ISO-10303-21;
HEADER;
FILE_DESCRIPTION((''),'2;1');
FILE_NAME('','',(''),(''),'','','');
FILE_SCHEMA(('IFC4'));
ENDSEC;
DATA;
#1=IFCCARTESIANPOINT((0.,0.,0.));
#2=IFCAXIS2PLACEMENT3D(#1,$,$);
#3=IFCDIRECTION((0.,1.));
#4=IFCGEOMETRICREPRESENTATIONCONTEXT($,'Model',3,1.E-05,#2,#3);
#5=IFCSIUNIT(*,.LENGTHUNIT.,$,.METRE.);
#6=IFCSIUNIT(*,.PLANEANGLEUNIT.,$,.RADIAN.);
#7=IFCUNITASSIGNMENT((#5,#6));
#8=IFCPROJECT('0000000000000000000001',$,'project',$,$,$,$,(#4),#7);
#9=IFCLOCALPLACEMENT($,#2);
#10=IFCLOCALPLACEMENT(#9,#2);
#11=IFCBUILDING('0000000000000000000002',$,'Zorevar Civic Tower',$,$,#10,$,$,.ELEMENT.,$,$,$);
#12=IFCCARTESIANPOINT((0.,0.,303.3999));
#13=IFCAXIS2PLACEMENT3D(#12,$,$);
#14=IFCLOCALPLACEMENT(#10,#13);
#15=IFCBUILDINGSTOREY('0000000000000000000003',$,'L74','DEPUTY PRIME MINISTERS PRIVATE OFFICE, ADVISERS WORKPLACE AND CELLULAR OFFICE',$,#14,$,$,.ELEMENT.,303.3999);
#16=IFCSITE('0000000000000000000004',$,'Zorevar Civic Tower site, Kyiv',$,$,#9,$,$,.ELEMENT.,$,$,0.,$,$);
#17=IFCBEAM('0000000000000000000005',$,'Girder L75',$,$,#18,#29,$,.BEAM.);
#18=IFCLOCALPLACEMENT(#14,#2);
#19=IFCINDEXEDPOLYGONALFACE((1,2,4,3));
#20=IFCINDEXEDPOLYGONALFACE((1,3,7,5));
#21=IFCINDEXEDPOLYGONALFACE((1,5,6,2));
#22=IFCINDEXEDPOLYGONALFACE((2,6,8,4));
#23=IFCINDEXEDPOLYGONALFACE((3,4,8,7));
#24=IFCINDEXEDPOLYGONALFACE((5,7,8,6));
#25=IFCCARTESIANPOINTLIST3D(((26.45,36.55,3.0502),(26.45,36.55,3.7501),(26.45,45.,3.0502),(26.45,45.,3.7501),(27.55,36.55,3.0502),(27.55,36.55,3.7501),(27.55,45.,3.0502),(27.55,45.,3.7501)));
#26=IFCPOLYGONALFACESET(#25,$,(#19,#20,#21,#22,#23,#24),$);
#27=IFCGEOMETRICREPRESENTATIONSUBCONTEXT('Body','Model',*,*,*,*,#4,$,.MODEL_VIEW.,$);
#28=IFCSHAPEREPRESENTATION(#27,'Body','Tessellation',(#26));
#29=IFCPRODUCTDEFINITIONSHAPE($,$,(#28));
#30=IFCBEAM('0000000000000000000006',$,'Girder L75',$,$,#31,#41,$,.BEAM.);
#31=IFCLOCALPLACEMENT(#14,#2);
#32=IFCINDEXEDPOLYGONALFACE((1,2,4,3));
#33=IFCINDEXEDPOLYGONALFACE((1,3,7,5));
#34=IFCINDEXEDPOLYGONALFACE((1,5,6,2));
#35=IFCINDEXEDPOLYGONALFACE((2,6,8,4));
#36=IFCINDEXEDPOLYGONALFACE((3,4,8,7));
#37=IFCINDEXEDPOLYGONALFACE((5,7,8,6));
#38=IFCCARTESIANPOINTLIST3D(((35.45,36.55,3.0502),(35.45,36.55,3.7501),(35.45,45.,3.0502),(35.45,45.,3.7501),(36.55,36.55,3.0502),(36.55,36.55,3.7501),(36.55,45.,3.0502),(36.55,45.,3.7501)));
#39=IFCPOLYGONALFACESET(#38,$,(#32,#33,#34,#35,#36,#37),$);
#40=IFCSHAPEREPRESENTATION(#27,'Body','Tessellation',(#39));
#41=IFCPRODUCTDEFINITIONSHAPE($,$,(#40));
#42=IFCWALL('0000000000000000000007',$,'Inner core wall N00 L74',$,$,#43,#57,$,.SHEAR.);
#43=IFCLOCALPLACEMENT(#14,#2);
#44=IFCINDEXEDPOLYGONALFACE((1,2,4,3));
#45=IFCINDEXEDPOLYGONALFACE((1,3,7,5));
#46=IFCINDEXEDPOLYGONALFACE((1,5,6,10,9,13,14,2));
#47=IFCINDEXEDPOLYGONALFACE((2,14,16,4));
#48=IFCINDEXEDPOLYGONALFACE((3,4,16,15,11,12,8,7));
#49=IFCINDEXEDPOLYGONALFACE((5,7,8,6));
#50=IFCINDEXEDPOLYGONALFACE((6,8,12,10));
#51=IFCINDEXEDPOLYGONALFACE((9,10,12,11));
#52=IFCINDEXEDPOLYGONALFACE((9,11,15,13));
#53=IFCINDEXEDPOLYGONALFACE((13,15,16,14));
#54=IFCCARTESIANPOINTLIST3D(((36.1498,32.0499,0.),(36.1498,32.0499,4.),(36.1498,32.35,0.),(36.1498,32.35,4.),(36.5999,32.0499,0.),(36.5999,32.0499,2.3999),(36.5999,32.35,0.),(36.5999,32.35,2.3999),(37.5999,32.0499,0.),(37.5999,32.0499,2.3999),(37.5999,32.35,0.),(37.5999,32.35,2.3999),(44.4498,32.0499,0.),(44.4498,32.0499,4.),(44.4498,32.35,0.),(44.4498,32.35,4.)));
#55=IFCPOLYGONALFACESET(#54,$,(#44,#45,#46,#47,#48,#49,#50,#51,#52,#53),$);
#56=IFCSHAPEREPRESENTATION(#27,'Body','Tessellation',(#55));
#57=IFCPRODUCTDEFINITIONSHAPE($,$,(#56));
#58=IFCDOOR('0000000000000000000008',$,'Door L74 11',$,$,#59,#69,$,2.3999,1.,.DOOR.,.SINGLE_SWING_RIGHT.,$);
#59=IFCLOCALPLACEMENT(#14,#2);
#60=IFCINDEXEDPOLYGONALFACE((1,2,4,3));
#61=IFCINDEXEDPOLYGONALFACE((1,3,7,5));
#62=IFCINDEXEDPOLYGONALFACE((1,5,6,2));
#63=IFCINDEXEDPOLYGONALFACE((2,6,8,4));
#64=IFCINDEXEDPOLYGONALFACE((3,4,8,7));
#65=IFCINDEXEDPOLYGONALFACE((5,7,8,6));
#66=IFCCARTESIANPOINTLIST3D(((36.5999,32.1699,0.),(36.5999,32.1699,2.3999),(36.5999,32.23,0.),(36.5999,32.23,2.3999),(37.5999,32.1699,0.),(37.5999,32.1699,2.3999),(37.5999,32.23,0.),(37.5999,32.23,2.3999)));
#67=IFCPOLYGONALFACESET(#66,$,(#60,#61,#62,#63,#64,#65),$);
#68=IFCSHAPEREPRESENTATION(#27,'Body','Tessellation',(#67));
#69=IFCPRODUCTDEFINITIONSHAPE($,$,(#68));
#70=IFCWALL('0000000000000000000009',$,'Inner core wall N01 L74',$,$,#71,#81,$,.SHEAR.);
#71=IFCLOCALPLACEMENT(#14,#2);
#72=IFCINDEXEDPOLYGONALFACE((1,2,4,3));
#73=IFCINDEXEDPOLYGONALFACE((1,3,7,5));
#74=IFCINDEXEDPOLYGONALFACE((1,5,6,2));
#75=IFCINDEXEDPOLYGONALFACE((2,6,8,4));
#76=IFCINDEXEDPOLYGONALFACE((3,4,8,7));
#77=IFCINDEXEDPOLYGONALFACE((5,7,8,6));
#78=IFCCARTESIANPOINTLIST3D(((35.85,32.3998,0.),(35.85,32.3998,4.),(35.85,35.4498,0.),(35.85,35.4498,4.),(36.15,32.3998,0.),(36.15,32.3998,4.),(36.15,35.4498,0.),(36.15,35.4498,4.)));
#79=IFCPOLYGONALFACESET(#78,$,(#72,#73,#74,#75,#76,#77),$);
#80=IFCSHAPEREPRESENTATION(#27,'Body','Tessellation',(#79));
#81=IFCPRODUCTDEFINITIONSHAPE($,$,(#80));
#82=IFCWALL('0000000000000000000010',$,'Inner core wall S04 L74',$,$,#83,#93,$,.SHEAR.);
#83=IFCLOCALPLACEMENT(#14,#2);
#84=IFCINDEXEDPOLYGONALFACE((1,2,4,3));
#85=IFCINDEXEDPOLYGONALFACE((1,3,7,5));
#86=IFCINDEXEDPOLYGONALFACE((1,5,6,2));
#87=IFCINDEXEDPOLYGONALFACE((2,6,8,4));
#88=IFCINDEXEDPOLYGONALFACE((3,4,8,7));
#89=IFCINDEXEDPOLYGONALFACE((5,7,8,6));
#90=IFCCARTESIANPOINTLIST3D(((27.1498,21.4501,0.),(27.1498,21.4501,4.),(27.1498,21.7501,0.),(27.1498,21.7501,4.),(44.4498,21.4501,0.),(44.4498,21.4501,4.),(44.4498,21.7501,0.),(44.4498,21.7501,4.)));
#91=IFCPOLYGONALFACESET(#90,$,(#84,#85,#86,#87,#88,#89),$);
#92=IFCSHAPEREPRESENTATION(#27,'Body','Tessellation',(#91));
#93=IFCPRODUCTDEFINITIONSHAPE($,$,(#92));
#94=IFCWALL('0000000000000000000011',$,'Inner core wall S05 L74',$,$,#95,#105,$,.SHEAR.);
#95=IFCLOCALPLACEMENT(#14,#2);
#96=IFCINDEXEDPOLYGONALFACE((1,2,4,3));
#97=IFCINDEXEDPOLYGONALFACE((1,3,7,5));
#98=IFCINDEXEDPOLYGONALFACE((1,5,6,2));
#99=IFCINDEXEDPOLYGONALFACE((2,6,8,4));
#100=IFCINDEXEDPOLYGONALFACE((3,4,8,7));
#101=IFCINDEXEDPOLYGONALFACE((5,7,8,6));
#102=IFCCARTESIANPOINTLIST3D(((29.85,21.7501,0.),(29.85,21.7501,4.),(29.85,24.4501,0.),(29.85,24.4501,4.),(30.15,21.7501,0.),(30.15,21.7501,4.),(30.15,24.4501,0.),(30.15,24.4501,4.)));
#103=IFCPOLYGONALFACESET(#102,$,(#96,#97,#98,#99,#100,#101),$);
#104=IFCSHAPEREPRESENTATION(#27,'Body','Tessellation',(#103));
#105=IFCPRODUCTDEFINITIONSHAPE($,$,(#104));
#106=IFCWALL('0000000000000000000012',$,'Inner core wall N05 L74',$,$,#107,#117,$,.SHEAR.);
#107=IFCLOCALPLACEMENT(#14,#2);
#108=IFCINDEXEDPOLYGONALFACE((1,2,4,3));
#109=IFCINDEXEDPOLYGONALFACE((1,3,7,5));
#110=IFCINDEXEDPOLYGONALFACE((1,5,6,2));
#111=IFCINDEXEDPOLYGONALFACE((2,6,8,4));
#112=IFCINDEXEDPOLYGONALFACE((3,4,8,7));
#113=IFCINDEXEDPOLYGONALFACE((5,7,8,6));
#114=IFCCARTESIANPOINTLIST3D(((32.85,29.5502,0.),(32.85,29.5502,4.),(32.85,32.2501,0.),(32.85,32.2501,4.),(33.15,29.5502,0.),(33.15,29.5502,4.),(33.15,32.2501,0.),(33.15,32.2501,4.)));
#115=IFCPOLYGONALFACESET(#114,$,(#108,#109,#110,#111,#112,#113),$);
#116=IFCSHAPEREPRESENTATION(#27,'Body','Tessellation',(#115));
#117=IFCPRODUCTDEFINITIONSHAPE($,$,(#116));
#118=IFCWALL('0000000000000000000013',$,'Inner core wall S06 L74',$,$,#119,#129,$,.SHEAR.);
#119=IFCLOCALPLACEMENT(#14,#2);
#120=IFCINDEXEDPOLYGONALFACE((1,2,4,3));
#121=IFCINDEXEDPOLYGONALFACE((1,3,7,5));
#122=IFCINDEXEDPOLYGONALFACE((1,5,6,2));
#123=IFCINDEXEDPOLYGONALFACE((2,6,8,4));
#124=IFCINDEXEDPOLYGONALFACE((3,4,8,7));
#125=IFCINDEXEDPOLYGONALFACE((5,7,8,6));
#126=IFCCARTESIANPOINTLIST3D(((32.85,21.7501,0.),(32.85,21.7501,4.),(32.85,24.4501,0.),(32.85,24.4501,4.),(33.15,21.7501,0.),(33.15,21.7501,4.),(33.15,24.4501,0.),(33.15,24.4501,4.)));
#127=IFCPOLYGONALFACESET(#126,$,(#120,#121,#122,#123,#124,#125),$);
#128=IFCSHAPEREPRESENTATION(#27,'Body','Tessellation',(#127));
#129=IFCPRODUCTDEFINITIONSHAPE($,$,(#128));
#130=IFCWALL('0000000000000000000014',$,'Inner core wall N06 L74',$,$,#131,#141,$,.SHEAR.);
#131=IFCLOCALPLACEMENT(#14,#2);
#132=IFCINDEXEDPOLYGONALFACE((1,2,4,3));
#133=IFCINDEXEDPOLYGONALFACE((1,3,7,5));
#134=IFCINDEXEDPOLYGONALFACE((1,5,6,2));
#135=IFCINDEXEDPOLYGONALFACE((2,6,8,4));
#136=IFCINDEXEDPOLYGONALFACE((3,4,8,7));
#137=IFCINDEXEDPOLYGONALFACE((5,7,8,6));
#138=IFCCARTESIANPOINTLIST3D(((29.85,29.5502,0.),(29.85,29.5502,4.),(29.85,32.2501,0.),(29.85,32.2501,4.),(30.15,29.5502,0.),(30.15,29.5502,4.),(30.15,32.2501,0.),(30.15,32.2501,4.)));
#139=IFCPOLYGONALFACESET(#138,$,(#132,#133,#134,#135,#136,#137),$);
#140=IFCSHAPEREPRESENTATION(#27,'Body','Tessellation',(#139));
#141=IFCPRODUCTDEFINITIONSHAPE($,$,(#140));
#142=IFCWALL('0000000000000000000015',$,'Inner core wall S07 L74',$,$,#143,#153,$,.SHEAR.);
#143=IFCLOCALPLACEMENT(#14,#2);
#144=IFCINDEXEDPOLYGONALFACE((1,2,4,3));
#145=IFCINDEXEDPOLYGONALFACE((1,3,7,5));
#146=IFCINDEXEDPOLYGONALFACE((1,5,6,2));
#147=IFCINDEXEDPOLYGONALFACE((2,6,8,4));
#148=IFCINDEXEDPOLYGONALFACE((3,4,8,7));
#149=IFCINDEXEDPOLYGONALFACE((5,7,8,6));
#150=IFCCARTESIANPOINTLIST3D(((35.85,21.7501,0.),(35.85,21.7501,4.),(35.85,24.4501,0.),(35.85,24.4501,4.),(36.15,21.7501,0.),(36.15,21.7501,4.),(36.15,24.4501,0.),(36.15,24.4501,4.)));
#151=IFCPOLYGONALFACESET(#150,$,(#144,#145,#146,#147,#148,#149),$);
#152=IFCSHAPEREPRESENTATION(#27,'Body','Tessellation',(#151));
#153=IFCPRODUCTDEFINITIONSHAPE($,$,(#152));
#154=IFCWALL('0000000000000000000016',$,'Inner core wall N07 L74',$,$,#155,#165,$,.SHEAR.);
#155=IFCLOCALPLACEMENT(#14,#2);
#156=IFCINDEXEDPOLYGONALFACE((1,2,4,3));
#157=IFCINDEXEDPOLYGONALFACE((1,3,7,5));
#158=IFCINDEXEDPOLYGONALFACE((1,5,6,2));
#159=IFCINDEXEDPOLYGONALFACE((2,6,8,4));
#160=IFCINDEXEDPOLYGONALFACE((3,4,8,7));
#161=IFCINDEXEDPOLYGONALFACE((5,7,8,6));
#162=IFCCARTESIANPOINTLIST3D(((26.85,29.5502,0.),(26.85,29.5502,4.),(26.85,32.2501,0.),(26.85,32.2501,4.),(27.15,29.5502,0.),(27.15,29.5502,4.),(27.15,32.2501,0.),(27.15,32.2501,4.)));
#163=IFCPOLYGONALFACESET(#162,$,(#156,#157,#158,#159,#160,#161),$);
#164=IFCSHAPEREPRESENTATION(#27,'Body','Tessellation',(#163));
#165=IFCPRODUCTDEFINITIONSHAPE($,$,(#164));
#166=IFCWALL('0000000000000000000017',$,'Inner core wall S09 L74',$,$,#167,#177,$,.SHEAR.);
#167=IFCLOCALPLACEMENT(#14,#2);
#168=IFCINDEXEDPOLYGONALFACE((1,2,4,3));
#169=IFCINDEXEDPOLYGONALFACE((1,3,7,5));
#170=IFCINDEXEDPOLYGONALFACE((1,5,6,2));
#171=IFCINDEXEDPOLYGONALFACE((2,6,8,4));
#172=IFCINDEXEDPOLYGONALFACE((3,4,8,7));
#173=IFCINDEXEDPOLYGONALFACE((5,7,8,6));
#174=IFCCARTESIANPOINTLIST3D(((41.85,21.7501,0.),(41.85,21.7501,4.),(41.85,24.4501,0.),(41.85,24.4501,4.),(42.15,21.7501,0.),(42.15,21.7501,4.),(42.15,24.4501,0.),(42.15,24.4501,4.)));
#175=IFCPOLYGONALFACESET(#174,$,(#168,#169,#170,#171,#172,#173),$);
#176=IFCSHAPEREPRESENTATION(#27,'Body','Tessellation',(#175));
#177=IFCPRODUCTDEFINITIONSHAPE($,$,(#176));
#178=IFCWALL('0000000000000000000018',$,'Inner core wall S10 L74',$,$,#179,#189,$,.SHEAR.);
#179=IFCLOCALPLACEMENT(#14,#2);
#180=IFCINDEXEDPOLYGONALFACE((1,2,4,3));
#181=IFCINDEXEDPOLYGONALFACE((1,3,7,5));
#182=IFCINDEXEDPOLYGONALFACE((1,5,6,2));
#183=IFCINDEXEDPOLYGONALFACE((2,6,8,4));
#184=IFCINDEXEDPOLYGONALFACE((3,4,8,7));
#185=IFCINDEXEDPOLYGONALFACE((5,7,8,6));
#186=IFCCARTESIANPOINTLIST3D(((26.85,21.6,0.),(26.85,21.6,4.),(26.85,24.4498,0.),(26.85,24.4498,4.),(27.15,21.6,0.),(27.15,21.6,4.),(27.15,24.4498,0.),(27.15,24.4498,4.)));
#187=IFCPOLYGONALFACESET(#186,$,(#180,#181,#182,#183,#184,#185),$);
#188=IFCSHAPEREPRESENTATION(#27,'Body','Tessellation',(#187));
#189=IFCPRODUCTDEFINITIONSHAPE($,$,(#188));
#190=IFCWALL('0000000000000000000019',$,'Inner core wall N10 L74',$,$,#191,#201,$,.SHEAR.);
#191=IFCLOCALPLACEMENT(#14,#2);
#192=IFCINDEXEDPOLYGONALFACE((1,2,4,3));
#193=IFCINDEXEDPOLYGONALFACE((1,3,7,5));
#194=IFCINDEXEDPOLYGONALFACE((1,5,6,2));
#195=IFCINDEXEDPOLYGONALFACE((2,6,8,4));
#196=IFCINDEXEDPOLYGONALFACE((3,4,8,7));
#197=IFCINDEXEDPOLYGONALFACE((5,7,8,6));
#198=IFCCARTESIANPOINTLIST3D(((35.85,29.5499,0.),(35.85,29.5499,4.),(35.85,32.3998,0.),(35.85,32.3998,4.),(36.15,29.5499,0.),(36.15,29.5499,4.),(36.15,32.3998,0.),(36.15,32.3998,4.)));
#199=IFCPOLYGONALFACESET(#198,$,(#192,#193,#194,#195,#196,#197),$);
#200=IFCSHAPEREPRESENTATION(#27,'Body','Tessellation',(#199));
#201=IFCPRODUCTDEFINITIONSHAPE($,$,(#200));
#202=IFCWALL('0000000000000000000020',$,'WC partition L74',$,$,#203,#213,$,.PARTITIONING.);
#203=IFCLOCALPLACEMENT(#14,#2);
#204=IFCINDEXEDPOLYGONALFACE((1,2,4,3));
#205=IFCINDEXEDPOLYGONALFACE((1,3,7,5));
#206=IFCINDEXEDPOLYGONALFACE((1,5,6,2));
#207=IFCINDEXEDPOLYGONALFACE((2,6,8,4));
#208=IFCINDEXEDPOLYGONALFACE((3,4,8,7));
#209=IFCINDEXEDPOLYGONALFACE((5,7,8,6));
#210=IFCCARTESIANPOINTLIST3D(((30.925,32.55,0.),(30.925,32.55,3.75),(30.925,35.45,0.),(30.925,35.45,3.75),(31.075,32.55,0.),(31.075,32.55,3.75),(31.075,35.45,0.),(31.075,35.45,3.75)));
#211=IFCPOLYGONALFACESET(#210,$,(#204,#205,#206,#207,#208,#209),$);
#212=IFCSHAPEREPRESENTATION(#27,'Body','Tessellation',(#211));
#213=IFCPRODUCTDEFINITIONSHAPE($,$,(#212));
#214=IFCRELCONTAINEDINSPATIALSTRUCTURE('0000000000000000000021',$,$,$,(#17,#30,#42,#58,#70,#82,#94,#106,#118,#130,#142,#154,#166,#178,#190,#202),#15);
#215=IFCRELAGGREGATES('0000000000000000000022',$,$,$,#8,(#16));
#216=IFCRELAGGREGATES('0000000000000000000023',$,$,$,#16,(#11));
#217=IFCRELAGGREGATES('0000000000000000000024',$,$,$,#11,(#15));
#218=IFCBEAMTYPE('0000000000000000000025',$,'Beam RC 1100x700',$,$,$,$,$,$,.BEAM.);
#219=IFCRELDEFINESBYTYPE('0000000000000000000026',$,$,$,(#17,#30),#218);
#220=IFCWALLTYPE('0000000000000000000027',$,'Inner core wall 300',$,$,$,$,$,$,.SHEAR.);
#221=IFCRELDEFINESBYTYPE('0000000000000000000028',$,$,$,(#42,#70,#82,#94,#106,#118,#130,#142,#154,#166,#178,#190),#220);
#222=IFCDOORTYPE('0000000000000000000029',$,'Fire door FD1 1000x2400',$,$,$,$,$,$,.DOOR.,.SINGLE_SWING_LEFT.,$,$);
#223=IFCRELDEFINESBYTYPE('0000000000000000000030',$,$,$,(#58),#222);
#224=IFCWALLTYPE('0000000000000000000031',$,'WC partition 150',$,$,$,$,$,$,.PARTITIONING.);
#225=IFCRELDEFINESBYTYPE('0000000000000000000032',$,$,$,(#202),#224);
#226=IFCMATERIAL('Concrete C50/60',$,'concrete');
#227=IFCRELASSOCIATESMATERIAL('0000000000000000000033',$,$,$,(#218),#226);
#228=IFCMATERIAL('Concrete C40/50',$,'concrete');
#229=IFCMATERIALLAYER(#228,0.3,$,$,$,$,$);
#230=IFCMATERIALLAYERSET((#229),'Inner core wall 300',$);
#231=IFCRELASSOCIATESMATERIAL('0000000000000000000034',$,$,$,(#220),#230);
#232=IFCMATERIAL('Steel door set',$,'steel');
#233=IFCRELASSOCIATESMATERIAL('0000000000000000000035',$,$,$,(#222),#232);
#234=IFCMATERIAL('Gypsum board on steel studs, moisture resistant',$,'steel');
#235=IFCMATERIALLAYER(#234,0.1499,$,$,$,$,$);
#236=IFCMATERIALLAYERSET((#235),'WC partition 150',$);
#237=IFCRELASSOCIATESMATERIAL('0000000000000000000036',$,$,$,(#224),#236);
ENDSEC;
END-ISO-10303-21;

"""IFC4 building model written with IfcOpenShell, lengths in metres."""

from ifc_helpers import new_model, si_unit, direction, frame, frame_2d, origin, origin_2d, place, context, subcontext, project, spatial, rectangle, extrude, material, layer, layer_set, material_profile, profile_set, type_object, element, fill, save


model = new_model("IFC4")

# Units and contexts
model_context = context("Model", 3, precision=1e-05, world=origin(), true_north=direction((0.0, 1.0)))
body_context = subcontext(model_context, "Body", "Model", "MODEL_VIEW")
ifc_project = project(units=[si_unit("LENGTHUNIT", "METRE"), si_unit("PLANEANGLEUNIT", "RADIAN")], contexts=[model_context])

# Site, building, storey
site_placement = place(None, origin())
site = spatial("IfcSite", under=ifc_project, at=site_placement, Name="Zorevar Civic Tower site, Kyiv", CompositionType="ELEMENT", RefElevation=0.0)
building_placement = place(site_placement, origin())
building = spatial("IfcBuilding", under=site, at=building_placement, Name="Zorevar Civic Tower", CompositionType="ELEMENT")
storey_placement = place(building_placement, frame((0.0, 0.0, 303.3999)))
storey = spatial("IfcBuildingStorey", under=building, at=storey_placement, Name="L74", Description="DEPUTY PRIME MINISTERS PRIVATE OFFICE, ADVISERS WORKPLACE AND CELLULAR OFFICE", CompositionType="ELEMENT", Elevation=303.3999)

# Beams
ifc_material_1 = material(Name="Concrete C50/60", Category="concrete")
ifc_material_profile = material_profile(ifc_material_1, rectangle(XDim=1.1001, YDim=0.7, at=origin_2d()), Name="RC 1100x700")
ifc_profile_set = profile_set([ifc_material_profile], Name="Concrete C50/60")
beam_type = type_object("IfcBeamType", Name="Beam RC 1100x700", PredefinedType="BEAM", material=ifc_profile_set)
for number, where, z_axis, x_axis, name in (
    (1, (27.0, 36.55, 3.4001), (0.0, 1.0, 0.0), (-1.0, 0.0, 0.0), "Girder L75"),
    (2, (36.0, 36.55, 3.4001), (0.0, 1.0, 0.0), (-1.0, 0.0, 0.0), "Girder L75"),
):
    element("IfcBeam", number, at=place(storey_placement, frame(where, z_axis=z_axis, x_axis=x_axis)), inside=storey, type_object=beam_type, Name=name, PredefinedType="BEAM", context=body_context, shape_type="SweptSolid", body=[
        extrude(rectangle(XDim=1.1001, YDim=0.7, at=origin_2d()), origin(), (0.0, 0.0, 1.0), 8.45),
    ])

# Wall, opening, door
ifc_material_2 = material(Name="Concrete C40/50", Category="concrete")
ifc_layer_1 = layer(ifc_material_2, 0.3)
ifc_layer_set_1 = layer_set([ifc_layer_1], Name="Inner core wall 300")
wall_type_1 = type_object("IfcWallType", Name="Inner core wall 300", PredefinedType="SHEAR", material=ifc_layer_set_1)
wall_1_placement = place(storey_placement, frame((36.1499, 32.2, 0.0), z_axis=(0.0, 0.0, 1.0), x_axis=(1.0, 0.0, 0.0)))
wall_1 = element("IfcWall", 3, at=wall_1_placement, inside=storey, type_object=wall_type_1, Name="Inner core wall N00 L74", PredefinedType="SHEAR", context=body_context, shape_type="SweptSolid", body=[
    extrude(rectangle(XDim=8.3, YDim=0.3, at=frame_2d((4.1499, 0.0))), origin(), (0.0, 0.0, 1.0), 4.0),
])
opening_1_placement = place(wall_1_placement, frame((0.45, 0.0, 0.0)))
opening_1 = element("IfcOpeningElement", 4, at=opening_1_placement, cuts=wall_1, PredefinedType="OPENING", context=body_context, shape_type="SweptSolid", body=[
    extrude(rectangle(XDim=1.0, YDim=2.3999, at=frame_2d((0.5, 1.2))), frame((0.0, 0.1599, 0.0), z_axis=(0.0, -1.0, 0.0), x_axis=(1.0, 0.0, 0.0)), (0.0, 0.0, 1.0), 0.3201),
])
ifc_material_3 = material(Name="Steel door set", Category="steel")
door_type_1 = type_object("IfcDoorType", Name="Fire door FD1 1000x2400", OperationType="SINGLE_SWING_LEFT", PredefinedType="DOOR", material=ifc_material_3)
door_1_placement = place(opening_1_placement, origin())
door_1 = element("IfcDoor", 5, at=door_1_placement, inside=storey, type_object=door_type_1, Name="Door L74 11", OperationType="SINGLE_SWING_RIGHT", OverallHeight=2.3999, OverallWidth=1.0, PredefinedType="DOOR", context=body_context, shape_type="SweptSolid", body=[
    extrude(rectangle(XDim=1.0, YDim=2.3999, at=frame_2d((0.5, 1.2))), frame((0.0, 0.03, 0.0), z_axis=(0.0, -1.0, 0.0), x_axis=(1.0, 0.0, 0.0)), (0.0, 0.0, 1.0), 0.0601),
])
fill(opening_1, door_1)

# Wall
wall_2_placement = place(storey_placement, frame((36.0, 32.3999, 0.0), z_axis=(0.0, 0.0, 1.0), x_axis=(0.0, 1.0, 0.0)))
element("IfcWall", 6, at=wall_2_placement, inside=storey, type_object=wall_type_1, Name="Inner core wall N01 L74", PredefinedType="SHEAR", context=body_context, shape_type="SweptSolid", body=[
    extrude(rectangle(XDim=3.05, YDim=0.3, at=frame_2d((1.5249, 0.0))), origin(), (0.0, 0.0, 1.0), 4.0),
])

# Walls
wall_3_placement = place(storey_placement, frame((27.1499, 21.6001, 0.0), z_axis=(0.0, 0.0, 1.0), x_axis=(1.0, 0.0, 0.0)))
element("IfcWall", 7, at=wall_3_placement, inside=storey, type_object=wall_type_1, Name="Inner core wall S04 L74", PredefinedType="SHEAR", context=body_context, shape_type="SweptSolid", body=[
    extrude(rectangle(XDim=17.3, YDim=0.3, at=frame_2d((8.6499, 0.0))), origin(), (0.0, 0.0, 1.0), 4.0),
])
for number, where, z_axis, x_axis, name in (
    (8, (30.0, 21.75, 0.0), (0.0, 0.0, 1.0), (0.0, 1.0, 0.0), "Inner core wall S05 L74"),
    (9, (33.0, 29.55, 0.0), (0.0, 0.0, 1.0), (0.0, 1.0, 0.0), "Inner core wall N05 L74"),
    (10, (33.0, 21.75, 0.0), (0.0, 0.0, 1.0), (0.0, 1.0, 0.0), "Inner core wall S06 L74"),
    (11, (30.0, 29.55, 0.0), (0.0, 0.0, 1.0), (0.0, 1.0, 0.0), "Inner core wall N06 L74"),
    (12, (36.0, 21.75, 0.0), (0.0, 0.0, 1.0), (0.0, 1.0, 0.0), "Inner core wall S07 L74"),
    (13, (27.0, 29.55, 0.0), (0.0, 0.0, 1.0), (0.0, 1.0, 0.0), "Inner core wall N07 L74"),
    (14, (42.0, 21.75, 0.0), (0.0, 0.0, 1.0), (0.0, 1.0, 0.0), "Inner core wall S09 L74"),
):
    element("IfcWall", number, at=place(storey_placement, frame(where, z_axis=z_axis, x_axis=x_axis)), inside=storey, type_object=wall_type_1, Name=name, PredefinedType="SHEAR", context=body_context, shape_type="SweptSolid", body=[
        extrude(rectangle(XDim=2.7, YDim=0.3, at=frame_2d((1.3501, 0.0))), origin(), (0.0, 0.0, 1.0), 4.0),
    ])
for number, where, z_axis, x_axis, name in (
    (15, (27.0, 21.6001, 0.0), (0.0, 0.0, 1.0), (0.0, 1.0, 0.0), "Inner core wall S10 L74"),
    (16, (36.0, 29.55, 0.0), (0.0, 0.0, 1.0), (0.0, 1.0, 0.0), "Inner core wall N10 L74"),
):
    element("IfcWall", number, at=place(storey_placement, frame(where, z_axis=z_axis, x_axis=x_axis)), inside=storey, type_object=wall_type_1, Name=name, PredefinedType="SHEAR", context=body_context, shape_type="SweptSolid", body=[
        extrude(rectangle(XDim=2.8499, YDim=0.3, at=frame_2d((1.4248, 0.0))), origin(), (0.0, 0.0, 1.0), 4.0),
    ])
ifc_material_4 = material(Name="Gypsum board on steel studs, moisture resistant", Category="steel")
ifc_layer_2 = layer(ifc_material_4, 0.1499)
ifc_layer_set_2 = layer_set([ifc_layer_2], Name="WC partition 150")
wall_type_2 = type_object("IfcWallType", Name="WC partition 150", PredefinedType="PARTITIONING", material=ifc_layer_set_2)
wall_4_placement = place(storey_placement, frame((31.0, 32.55, 0.0), z_axis=(0.0, 0.0, 1.0), x_axis=(0.0, 1.0, 0.0)))
element("IfcWall", 17, at=wall_4_placement, inside=storey, type_object=wall_type_2, Name="WC partition L74", PredefinedType="PARTITIONING", context=body_context, shape_type="SweptSolid", body=[
    extrude(rectangle(XDim=2.8999, YDim=0.1499, at=frame_2d((1.45, 0.0))), origin(), (0.0, 0.0, 1.0), 3.75),
])

save(model, "model.ifc")
